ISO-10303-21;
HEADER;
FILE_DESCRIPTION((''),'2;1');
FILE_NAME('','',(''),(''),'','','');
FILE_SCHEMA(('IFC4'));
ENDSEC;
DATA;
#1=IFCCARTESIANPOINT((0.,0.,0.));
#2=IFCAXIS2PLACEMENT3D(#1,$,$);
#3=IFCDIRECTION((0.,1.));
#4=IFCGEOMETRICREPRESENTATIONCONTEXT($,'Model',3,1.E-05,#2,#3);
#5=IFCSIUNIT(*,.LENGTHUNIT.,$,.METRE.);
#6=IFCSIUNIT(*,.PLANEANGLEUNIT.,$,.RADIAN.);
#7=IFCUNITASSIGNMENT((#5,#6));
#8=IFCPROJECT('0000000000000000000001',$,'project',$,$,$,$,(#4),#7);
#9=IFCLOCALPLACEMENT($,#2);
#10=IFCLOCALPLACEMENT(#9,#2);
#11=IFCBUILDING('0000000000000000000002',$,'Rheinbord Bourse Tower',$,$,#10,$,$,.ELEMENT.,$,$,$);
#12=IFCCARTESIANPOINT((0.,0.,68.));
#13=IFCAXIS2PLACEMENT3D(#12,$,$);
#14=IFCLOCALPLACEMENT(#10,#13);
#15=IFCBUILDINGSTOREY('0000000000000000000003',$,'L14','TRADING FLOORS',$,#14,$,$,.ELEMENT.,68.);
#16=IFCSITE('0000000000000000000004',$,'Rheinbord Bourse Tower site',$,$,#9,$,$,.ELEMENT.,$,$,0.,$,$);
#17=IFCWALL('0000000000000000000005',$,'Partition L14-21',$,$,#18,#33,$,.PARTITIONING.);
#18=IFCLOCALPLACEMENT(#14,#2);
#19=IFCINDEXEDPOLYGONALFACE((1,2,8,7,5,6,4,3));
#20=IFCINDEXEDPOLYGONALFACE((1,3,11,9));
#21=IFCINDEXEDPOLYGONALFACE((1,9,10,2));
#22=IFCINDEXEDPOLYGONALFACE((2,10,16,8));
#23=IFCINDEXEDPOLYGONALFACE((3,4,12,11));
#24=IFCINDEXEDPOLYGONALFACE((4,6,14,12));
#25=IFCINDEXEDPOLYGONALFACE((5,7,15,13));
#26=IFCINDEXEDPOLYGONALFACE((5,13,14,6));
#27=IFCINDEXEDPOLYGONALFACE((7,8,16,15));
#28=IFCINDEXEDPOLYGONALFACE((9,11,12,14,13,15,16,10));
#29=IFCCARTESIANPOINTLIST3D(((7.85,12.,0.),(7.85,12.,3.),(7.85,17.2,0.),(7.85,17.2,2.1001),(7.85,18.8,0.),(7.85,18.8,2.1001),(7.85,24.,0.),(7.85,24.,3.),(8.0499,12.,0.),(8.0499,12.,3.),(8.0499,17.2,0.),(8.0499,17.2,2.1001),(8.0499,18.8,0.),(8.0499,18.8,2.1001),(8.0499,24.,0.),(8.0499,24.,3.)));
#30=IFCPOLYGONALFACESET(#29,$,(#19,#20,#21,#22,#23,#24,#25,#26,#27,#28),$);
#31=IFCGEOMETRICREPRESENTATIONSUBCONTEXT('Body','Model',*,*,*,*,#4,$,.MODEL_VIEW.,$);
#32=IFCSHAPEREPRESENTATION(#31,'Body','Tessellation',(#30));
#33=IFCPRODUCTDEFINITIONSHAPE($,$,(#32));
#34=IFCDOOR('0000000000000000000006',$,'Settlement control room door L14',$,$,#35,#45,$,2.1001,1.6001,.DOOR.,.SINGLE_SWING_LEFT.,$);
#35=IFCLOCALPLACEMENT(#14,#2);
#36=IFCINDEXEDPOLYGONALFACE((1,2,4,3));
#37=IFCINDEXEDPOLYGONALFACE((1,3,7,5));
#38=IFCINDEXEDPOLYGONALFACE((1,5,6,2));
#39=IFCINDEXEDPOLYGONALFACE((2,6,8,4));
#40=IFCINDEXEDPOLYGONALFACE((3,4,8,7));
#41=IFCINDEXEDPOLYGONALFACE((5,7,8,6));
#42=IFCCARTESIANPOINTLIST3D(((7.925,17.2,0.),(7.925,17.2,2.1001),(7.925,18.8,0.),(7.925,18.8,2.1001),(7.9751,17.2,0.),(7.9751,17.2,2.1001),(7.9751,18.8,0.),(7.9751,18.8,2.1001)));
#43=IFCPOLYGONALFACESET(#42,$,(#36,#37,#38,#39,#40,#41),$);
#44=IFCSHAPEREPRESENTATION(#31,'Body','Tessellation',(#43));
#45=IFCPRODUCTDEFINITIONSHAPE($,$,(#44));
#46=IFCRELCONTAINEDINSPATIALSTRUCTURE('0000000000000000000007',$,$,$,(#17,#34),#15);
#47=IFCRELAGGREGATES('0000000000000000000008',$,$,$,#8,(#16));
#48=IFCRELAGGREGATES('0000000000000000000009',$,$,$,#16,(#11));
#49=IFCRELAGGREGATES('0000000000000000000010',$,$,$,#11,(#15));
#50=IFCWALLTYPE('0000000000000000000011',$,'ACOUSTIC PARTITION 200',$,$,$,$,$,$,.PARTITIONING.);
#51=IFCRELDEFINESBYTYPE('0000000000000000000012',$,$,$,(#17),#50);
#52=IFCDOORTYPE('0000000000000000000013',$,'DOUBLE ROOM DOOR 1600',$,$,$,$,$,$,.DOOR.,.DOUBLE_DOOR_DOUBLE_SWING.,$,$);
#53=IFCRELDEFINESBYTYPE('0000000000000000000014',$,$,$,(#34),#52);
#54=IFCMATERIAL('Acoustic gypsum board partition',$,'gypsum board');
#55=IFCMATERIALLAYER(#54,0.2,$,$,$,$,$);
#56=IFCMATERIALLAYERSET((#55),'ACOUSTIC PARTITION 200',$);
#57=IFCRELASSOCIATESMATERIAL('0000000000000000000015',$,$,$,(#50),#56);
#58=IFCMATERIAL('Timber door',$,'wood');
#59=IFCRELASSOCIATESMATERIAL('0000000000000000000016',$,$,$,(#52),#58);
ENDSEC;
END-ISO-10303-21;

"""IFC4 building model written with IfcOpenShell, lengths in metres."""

from ifc_helpers import new_model, si_unit, direction, frame, frame_2d, origin, place, context, subcontext, project, spatial, rectangle, extrude, material, layer, layer_set, type_object, element, fill, save


model = new_model("IFC4")

# Units and contexts
model_context = context("Model", 3, precision=1e-05, world=origin(), true_north=direction((0.0, 1.0)))
body_context = subcontext(model_context, "Body", "Model", "MODEL_VIEW")
ifc_project = project(units=[si_unit("LENGTHUNIT", "METRE"), si_unit("PLANEANGLEUNIT", "RADIAN")], contexts=[model_context])

# Site, building, storey
site_placement = place(None, origin())
site = spatial("IfcSite", under=ifc_project, at=site_placement, Name="Rheinbord Bourse Tower site", CompositionType="ELEMENT", RefElevation=0.0)
building_placement = place(site_placement, origin())
building = spatial("IfcBuilding", under=site, at=building_placement, Name="Rheinbord Bourse Tower", CompositionType="ELEMENT")
storey_placement = place(building_placement, frame((0.0, 0.0, 68.0)))
storey = spatial("IfcBuildingStorey", under=building, at=storey_placement, Name="L14", Description="TRADING FLOORS", CompositionType="ELEMENT", Elevation=68.0)

# Shared definitions
ifc_material_1 = material(Name="Acoustic gypsum board partition", Category="gypsum board")
ifc_layer_1 = layer(ifc_material_1, 0.2)
ifc_layer_set_1 = layer_set([ifc_layer_1], Name="ACOUSTIC PARTITION 200")
wall_type = type_object("IfcWallType", Name="ACOUSTIC PARTITION 200", PredefinedType="PARTITIONING", material=ifc_layer_set_1)

# Wall, opening, door
wall_1_placement = place(storey_placement, frame((7.95, 12.0, 0.0), z_axis=(0.0, 0.0, 1.0), x_axis=(0.0, 1.0, 0.0)))
wall_1 = element("IfcWall", 1, at=wall_1_placement, inside=storey, type_object=wall_type, Name="Partition L14-21", PredefinedType="PARTITIONING", context=body_context, shape_type="SweptSolid", body=[
    extrude(rectangle(XDim=12.0, YDim=0.2, at=frame_2d((6.0, 0.0))), origin(), (0.0, 0.0, 1.0), 3.0),
])
opening_placement = place(wall_1_placement, frame((5.2, 0.0, 0.0)))
opening = element("IfcOpeningElement", 2, at=opening_placement, cuts=wall_1, PredefinedType="OPENING", context=body_context, shape_type="SweptSolid", body=[
    extrude(rectangle(XDim=1.6001, YDim=2.1001, at=frame_2d((0.8, 1.05))), frame((0.0, 0.1099, 0.0), z_axis=(0.0, -1.0, 0.0), x_axis=(1.0, 0.0, 0.0)), (0.0, 0.0, 1.0), 0.22),
])
ifc_material_2 = material(Name="Timber door", Category="wood")
door_type = type_object("IfcDoorType", Name="DOUBLE ROOM DOOR 1600", OperationType="DOUBLE_DOOR_DOUBLE_SWING", PredefinedType="DOOR", material=ifc_material_2)
door_placement = place(opening_placement, origin())
door = element("IfcDoor", 3, at=door_placement, inside=storey, type_object=door_type, Name="Settlement control room door L14", OperationType="SINGLE_SWING_LEFT", OverallHeight=2.1001, OverallWidth=1.6001, PredefinedType="DOOR", context=body_context, shape_type="SweptSolid", body=[
    extrude(rectangle(XDim=1.6001, YDim=2.1001, at=frame_2d((0.8, 1.05))), frame((0.0, 0.0249, 0.0), z_axis=(0.0, -1.0, 0.0), x_axis=(1.0, 0.0, 0.0)), (0.0, 0.0, 1.0), 0.05),
])
fill(opening, door)

save(model, "model.ifc")
